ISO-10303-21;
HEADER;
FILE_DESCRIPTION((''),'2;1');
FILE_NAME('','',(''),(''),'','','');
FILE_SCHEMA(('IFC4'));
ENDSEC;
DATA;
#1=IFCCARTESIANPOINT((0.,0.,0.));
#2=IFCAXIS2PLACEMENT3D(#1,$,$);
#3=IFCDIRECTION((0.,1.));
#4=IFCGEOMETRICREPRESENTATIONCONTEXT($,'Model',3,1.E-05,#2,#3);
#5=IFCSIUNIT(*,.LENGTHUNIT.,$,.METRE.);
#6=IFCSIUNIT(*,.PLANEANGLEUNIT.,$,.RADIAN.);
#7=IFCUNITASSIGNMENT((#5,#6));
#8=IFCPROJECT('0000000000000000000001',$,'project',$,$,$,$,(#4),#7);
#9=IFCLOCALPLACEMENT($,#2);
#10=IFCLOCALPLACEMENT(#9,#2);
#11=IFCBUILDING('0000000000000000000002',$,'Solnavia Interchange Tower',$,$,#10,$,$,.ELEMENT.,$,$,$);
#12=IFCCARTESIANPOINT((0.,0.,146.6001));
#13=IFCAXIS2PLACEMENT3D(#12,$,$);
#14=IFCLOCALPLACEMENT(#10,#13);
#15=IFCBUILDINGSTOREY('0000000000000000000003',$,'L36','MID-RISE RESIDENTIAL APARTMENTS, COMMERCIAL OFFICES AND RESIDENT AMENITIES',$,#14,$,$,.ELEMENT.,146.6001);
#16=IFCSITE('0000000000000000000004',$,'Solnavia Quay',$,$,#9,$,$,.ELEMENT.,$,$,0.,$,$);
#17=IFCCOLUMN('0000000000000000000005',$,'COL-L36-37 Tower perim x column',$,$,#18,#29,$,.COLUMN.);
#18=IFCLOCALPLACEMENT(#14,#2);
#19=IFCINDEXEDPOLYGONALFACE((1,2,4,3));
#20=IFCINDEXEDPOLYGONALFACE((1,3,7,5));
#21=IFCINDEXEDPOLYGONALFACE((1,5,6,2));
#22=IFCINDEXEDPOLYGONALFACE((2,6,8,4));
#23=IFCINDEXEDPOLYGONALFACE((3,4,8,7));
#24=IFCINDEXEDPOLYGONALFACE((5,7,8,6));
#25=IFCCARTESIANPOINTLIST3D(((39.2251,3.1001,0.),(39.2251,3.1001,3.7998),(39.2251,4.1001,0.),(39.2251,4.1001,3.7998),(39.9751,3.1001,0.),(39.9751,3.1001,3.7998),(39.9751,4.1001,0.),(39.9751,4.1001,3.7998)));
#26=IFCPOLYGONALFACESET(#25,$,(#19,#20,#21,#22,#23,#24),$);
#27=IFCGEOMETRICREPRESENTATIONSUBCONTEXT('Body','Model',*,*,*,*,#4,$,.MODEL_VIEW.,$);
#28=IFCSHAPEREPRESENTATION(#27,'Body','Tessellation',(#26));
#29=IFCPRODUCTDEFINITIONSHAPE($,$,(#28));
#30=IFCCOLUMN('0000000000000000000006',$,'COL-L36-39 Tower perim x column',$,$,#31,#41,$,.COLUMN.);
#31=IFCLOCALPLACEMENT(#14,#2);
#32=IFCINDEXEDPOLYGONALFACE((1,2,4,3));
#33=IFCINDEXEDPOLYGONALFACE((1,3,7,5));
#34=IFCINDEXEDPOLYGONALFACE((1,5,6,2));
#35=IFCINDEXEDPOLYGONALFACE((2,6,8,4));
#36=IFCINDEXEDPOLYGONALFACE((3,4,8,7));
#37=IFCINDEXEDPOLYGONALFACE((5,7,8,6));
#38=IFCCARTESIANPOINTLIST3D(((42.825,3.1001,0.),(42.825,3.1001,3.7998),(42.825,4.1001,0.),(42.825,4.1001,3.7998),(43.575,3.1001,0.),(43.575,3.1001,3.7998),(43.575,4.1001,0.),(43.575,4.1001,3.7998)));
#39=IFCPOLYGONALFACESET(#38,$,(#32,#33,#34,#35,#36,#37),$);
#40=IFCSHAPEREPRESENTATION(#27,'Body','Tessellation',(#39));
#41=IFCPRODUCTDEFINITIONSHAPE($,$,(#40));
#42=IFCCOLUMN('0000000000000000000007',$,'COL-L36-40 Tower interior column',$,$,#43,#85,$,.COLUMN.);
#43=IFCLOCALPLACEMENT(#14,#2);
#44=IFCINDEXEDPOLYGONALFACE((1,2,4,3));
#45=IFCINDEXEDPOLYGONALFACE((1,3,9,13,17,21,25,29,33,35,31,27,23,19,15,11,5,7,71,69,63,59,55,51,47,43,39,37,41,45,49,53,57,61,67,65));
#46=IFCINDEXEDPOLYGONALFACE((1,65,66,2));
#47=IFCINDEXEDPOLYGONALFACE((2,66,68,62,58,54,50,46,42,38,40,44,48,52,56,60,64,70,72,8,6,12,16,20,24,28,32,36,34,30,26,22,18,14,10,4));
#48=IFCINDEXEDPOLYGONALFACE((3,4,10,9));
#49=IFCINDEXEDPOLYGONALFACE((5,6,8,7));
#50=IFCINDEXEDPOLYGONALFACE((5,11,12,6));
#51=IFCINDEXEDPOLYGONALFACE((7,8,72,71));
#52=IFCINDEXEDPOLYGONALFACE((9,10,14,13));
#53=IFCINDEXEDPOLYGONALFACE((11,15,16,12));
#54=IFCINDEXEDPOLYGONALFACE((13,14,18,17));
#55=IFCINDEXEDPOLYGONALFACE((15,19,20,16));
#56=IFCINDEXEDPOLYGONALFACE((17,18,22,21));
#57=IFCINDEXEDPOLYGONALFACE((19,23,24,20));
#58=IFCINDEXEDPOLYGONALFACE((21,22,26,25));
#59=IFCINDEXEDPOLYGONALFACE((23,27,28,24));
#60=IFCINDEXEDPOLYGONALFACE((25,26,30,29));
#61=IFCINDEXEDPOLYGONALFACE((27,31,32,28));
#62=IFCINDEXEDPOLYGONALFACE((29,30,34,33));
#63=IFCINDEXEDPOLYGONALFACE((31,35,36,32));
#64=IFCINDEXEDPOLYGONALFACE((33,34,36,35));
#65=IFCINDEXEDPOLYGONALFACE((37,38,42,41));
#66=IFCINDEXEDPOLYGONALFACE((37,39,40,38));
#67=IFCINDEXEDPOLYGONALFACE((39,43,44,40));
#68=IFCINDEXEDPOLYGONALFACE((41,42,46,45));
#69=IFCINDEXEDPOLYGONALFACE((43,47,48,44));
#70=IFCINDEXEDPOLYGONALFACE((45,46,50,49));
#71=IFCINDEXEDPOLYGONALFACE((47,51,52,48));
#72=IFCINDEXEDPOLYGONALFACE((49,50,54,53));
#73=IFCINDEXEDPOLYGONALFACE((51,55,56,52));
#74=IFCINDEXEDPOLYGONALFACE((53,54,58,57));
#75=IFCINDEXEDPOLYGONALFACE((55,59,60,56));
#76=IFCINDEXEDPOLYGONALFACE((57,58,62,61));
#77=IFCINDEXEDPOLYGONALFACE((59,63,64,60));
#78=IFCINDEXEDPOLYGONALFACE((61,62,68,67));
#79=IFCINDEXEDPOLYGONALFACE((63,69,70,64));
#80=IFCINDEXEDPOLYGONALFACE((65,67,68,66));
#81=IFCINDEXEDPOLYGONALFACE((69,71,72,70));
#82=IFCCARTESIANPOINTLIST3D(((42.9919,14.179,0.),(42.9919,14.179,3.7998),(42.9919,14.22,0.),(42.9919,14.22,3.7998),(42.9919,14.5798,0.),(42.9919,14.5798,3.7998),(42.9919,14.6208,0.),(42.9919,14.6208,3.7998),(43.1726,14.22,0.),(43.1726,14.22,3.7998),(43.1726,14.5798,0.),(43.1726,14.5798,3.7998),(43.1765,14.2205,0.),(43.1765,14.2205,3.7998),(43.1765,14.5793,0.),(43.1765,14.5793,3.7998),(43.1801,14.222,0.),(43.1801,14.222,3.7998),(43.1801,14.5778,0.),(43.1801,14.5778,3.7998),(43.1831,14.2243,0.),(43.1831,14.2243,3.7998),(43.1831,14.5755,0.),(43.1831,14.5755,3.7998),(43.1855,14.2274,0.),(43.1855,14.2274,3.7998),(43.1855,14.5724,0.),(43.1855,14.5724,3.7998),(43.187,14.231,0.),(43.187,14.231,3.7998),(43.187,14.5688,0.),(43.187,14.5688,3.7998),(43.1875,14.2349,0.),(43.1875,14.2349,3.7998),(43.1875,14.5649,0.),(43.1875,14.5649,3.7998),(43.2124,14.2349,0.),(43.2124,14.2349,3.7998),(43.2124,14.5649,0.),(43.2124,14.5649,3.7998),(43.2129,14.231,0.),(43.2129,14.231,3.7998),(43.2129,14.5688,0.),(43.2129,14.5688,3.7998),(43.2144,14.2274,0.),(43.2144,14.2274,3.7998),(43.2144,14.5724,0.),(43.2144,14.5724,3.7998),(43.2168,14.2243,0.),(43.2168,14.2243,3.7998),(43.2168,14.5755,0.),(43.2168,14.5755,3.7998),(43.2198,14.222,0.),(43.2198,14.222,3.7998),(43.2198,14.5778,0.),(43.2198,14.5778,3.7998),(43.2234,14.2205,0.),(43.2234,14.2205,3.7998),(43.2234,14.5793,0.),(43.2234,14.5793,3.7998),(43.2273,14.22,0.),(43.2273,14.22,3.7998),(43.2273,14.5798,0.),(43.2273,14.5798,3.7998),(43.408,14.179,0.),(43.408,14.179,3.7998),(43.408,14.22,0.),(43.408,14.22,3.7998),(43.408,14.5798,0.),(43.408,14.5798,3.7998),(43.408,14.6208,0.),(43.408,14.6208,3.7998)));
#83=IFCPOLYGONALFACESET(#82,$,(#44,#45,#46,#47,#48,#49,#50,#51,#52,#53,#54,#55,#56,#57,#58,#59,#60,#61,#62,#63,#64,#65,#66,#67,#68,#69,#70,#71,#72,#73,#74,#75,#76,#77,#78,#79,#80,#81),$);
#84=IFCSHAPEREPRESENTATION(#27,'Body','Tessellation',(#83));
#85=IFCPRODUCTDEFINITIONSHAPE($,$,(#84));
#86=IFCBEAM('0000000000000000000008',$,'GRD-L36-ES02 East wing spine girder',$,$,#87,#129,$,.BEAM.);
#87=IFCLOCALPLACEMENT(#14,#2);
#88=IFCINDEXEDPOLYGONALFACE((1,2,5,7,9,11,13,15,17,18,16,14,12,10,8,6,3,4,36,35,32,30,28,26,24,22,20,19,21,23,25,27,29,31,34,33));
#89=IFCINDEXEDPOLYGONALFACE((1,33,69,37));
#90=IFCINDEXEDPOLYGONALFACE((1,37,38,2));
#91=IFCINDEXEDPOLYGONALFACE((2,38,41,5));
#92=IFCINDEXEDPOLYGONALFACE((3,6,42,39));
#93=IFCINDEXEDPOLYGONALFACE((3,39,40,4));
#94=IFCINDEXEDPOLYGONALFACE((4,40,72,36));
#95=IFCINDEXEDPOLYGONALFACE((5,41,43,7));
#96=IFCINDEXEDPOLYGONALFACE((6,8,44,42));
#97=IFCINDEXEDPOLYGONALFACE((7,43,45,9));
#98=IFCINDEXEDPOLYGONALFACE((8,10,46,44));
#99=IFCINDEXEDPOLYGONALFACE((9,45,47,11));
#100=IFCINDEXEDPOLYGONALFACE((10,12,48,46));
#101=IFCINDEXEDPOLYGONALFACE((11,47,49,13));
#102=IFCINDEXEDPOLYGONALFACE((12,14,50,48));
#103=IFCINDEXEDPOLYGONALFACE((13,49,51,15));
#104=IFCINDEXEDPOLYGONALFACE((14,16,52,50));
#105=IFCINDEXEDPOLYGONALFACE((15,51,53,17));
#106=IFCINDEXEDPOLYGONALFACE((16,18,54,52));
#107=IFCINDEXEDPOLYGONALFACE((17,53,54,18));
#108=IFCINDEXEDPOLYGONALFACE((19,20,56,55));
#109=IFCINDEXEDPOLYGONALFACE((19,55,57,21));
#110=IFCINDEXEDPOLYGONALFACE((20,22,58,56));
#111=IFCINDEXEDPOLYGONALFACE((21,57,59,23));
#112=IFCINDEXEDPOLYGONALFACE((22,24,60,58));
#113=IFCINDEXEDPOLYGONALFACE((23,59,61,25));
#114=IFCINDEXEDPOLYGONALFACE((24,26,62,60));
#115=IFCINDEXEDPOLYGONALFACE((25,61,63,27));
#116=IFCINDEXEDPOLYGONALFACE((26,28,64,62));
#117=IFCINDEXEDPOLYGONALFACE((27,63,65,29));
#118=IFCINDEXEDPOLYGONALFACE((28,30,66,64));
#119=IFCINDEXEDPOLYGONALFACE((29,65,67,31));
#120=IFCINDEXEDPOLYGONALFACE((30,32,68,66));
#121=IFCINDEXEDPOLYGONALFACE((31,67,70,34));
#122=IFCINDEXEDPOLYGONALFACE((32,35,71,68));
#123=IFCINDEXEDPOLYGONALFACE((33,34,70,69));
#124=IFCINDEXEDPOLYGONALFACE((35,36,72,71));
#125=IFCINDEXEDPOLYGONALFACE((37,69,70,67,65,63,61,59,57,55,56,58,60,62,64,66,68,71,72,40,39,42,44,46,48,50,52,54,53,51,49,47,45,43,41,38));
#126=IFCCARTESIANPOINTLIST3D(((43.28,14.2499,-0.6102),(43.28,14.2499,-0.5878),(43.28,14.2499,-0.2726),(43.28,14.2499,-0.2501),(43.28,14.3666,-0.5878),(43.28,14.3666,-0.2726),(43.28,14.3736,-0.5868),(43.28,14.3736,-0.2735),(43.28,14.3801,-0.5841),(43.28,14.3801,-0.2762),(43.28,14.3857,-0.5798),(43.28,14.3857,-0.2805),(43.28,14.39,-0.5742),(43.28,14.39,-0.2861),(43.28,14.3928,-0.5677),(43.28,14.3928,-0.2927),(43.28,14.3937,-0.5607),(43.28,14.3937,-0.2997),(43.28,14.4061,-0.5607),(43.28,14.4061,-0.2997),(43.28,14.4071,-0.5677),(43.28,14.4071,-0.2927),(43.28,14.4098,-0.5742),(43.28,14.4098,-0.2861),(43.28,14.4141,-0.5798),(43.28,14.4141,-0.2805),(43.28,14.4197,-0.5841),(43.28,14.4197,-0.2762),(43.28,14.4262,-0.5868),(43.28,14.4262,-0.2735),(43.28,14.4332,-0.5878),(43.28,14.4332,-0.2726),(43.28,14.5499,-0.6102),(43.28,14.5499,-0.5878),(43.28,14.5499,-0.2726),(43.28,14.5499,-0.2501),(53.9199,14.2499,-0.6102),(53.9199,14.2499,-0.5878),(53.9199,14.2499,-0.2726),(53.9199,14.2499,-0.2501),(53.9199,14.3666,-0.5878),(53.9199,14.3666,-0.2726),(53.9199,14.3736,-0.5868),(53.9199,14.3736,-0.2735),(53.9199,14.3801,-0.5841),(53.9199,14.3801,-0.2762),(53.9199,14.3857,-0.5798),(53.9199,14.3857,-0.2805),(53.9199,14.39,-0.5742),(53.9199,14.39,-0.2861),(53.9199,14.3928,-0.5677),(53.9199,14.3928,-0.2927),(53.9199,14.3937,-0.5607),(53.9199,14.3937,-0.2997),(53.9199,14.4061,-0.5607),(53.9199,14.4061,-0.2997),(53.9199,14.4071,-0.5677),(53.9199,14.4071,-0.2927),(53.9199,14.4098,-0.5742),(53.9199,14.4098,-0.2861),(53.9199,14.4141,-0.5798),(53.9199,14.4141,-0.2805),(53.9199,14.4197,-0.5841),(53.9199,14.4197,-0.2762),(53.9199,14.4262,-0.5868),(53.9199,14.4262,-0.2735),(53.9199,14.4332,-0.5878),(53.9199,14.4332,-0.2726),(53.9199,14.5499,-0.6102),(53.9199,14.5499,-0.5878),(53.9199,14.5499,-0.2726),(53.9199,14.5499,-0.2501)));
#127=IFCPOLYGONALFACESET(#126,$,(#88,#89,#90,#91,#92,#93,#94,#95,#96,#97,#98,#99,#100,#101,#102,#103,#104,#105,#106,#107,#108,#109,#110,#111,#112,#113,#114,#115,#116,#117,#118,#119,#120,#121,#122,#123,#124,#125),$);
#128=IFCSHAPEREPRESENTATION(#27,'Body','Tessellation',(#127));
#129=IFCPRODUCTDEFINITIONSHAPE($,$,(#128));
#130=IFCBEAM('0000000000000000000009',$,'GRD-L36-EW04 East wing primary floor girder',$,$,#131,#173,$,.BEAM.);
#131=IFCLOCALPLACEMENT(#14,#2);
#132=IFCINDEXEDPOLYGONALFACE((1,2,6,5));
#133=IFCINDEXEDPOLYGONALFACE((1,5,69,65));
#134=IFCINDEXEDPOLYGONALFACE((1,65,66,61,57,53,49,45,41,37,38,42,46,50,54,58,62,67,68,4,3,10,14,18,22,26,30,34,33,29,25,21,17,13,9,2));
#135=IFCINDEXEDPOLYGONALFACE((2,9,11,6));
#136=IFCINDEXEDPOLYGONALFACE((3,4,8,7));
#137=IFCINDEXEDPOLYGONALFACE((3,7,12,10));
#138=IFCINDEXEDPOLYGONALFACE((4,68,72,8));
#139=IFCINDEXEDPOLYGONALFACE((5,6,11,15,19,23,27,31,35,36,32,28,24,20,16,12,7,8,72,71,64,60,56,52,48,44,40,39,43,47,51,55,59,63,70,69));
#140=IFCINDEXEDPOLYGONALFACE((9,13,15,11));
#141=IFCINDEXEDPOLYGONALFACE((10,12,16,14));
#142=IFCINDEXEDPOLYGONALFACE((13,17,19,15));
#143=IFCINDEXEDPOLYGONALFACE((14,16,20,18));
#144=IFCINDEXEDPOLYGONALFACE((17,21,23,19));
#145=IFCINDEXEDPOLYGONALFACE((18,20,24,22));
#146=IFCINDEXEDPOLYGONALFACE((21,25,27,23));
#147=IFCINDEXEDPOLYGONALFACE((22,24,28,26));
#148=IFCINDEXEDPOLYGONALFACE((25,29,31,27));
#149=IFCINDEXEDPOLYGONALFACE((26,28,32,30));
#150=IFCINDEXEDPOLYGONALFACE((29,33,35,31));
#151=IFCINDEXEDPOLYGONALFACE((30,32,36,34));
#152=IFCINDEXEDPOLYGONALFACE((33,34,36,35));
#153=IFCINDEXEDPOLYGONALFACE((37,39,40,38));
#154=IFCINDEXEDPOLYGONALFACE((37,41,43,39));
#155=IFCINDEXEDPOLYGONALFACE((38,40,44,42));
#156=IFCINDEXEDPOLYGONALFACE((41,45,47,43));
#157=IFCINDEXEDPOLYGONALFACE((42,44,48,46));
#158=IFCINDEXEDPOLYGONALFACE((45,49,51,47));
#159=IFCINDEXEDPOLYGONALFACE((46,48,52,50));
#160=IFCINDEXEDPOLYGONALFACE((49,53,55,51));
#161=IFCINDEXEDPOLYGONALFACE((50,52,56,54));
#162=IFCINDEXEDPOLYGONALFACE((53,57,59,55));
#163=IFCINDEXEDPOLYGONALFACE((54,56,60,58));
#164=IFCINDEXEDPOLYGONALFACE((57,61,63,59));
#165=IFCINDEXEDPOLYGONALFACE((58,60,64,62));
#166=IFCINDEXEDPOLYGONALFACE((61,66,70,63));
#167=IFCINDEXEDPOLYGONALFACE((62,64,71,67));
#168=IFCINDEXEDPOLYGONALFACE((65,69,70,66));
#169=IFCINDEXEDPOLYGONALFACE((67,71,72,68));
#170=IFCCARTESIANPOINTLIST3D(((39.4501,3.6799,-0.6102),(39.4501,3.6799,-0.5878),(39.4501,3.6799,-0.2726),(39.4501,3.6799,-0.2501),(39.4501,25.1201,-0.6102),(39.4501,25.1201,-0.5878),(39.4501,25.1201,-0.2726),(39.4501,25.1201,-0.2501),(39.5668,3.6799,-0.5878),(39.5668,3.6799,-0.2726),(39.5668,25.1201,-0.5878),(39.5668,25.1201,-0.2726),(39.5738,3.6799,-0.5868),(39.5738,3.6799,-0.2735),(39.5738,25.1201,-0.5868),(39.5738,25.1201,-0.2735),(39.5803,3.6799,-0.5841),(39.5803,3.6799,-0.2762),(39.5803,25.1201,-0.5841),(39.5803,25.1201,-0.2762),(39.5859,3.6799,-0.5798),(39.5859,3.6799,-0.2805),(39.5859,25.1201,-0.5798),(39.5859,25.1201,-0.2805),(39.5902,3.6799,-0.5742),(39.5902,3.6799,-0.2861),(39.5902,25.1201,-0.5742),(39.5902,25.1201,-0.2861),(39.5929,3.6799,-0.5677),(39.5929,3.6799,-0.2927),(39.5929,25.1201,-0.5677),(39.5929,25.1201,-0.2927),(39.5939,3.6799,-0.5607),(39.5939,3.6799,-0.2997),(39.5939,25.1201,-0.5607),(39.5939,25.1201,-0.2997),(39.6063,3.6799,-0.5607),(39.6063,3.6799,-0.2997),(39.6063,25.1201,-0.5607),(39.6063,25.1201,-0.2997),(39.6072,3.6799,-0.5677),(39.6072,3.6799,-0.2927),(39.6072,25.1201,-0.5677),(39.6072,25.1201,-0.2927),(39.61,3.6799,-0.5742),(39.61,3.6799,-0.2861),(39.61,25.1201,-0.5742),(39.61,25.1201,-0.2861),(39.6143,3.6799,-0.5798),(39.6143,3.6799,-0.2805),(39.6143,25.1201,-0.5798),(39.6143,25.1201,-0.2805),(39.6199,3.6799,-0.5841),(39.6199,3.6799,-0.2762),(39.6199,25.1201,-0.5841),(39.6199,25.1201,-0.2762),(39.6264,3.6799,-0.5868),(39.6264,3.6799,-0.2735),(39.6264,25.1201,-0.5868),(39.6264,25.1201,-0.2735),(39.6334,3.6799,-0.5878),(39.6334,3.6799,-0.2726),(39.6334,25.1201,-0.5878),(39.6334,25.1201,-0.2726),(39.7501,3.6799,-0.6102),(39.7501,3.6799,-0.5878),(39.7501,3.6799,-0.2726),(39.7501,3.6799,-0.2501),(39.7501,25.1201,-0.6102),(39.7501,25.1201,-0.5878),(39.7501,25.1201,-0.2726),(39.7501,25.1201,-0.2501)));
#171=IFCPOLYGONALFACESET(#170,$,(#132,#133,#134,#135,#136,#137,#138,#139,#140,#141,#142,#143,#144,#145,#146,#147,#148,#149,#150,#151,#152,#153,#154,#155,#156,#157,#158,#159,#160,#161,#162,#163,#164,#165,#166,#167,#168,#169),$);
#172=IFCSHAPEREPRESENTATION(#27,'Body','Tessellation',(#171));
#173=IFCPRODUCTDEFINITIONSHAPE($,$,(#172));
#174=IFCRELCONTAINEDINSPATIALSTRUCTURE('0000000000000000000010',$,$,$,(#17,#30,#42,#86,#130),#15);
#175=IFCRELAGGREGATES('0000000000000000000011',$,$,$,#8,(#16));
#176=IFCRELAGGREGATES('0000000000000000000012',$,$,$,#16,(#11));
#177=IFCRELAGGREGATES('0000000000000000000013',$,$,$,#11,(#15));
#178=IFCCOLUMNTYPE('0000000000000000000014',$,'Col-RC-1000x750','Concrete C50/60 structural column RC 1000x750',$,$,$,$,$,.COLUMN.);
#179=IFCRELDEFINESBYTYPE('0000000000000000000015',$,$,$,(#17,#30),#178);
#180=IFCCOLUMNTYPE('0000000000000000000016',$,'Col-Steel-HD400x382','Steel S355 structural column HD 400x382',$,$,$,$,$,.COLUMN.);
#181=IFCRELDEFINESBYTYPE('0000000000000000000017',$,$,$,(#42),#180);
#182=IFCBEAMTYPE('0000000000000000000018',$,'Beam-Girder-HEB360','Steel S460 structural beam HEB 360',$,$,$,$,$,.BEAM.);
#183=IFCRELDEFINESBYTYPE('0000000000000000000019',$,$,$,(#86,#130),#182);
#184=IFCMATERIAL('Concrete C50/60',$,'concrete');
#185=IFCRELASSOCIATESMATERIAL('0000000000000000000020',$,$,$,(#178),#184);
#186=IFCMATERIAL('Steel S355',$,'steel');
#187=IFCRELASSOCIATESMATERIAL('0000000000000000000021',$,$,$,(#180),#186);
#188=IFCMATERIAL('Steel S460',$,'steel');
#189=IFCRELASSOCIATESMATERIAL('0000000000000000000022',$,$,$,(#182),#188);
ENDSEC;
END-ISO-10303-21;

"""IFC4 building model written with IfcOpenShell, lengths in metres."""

from ifc_helpers import new_model, si_unit, direction, frame, origin, origin_2d, place, context, subcontext, project, spatial, rectangle, i_section, extrude, material, material_profile, profile_set, type_object, element, save


model = new_model("IFC4")

# Units and contexts
model_context = context("Model", 3, precision=1e-05, world=origin(), true_north=direction((0.0, 1.0)))
body_context = subcontext(model_context, "Body", "Model", "MODEL_VIEW")
ifc_project = project(units=[si_unit("LENGTHUNIT", "METRE"), si_unit("PLANEANGLEUNIT", "RADIAN")], contexts=[model_context])

# Site, building, storey
site_placement = place(None, origin())
site = spatial("IfcSite", under=ifc_project, at=site_placement, Name="Solnavia Quay", CompositionType="ELEMENT", RefElevation=0.0)
building_placement = place(site_placement, origin())
building = spatial("IfcBuilding", under=site, at=building_placement, Name="Solnavia Interchange Tower", CompositionType="ELEMENT")
storey_placement = place(building_placement, frame((0.0, 0.0, 146.6001)))
storey = spatial("IfcBuildingStorey", under=building, at=storey_placement, Name="L36", Description="MID-RISE RESIDENTIAL APARTMENTS, COMMERCIAL OFFICES AND RESIDENT AMENITIES", CompositionType="ELEMENT", Elevation=146.6001)

# Columns
ifc_material_1 = material(Name="Concrete C50/60", Category="concrete")
ifc_material_profile_1 = material_profile(ifc_material_1, rectangle(XDim=0.75, YDim=1.0, at=origin_2d()), Name="RC 1000x750")
ifc_profile_set_1 = profile_set([ifc_material_profile_1], Name="Concrete C50/60")
column_type_1 = type_object("IfcColumnType", Name="Col-RC-1000x750", Description="Concrete C50/60 structural column RC 1000x750", PredefinedType="COLUMN", material=ifc_profile_set_1)
for number, where, z_axis, x_axis, name in (
    (1, (39.6001, 3.6001, 0.0), (0.0, 0.0, 1.0), (1.0, 0.0, 0.0), "COL-L36-37 Tower perim x column"),
    (2, (43.2, 3.6001, 0.0), (0.0, 0.0, 1.0), (1.0, 0.0, 0.0), "COL-L36-39 Tower perim x column"),
):
    element("IfcColumn", number, at=place(storey_placement, frame(where, z_axis=z_axis, x_axis=x_axis)), inside=storey, type_object=column_type_1, Name=name, PredefinedType="COLUMN", context=body_context, shape_type="SweptSolid", body=[
        extrude(rectangle(XDim=0.75, YDim=1.0, at=origin_2d()), origin(), (0.0, 0.0, 1.0), 3.7998),
    ])
ifc_material_2 = material(Name="Steel S355", Category="steel")
ifc_material_profile_2 = material_profile(ifc_material_2, i_section(OverallWidth=0.416, OverallDepth=0.4419, WebThickness=0.0249, FlangeThickness=0.041, FilletRadius=0.0149, at=origin_2d()), Name="HD 400x382")
ifc_profile_set_2 = profile_set([ifc_material_profile_2], Name="Steel S355")
column_type_2 = type_object("IfcColumnType", Name="Col-Steel-HD400x382", Description="Steel S355 structural column HD 400x382", PredefinedType="COLUMN", material=ifc_profile_set_2)
column_placement = place(storey_placement, frame((43.2, 14.3999, 0.0), z_axis=(0.0, 0.0, 1.0), x_axis=(1.0, 0.0, 0.0)))
element("IfcColumn", 3, at=column_placement, inside=storey, type_object=column_type_2, Name="COL-L36-40 Tower interior column", PredefinedType="COLUMN", context=body_context, shape_type="SweptSolid", body=[
    extrude(i_section(OverallWidth=0.416, OverallDepth=0.4419, WebThickness=0.0249, FlangeThickness=0.041, FilletRadius=0.0149, at=origin_2d()), origin(), (0.0, 0.0, 1.0), 3.7998),
])

# Beams
ifc_material_3 = material(Name="Steel S460", Category="steel")
ifc_material_profile_3 = material_profile(ifc_material_3, i_section(OverallWidth=0.3, OverallDepth=0.3601, WebThickness=0.0125, FlangeThickness=0.0225, FilletRadius=0.0271, at=origin_2d()), Name="HEB 360")
ifc_profile_set_3 = profile_set([ifc_material_profile_3], Name="Steel S460")
beam_type_1 = type_object("IfcBeamType", Name="Beam-Girder-HEB360", Description="Steel S460 structural beam HEB 360", PredefinedType="BEAM", material=ifc_profile_set_3)
beam_1_placement = place(storey_placement, frame((43.28, 14.3999, -0.4302), z_axis=(1.0, 0.0, 0.0), x_axis=(0.0, 1.0, 0.0)))
element("IfcBeam", 4, at=beam_1_placement, inside=storey, type_object=beam_type_1, Name="GRD-L36-ES02 East wing spine girder", PredefinedType="BEAM", context=body_context, shape_type="SweptSolid", body=[
    extrude(i_section(OverallWidth=0.3, OverallDepth=0.3601, WebThickness=0.0125, FlangeThickness=0.0225, FilletRadius=0.0271, at=origin_2d()), origin(), (0.0, 0.0, 1.0), 10.6399),
])
beam_2_placement = place(storey_placement, frame((39.6001, 3.6799, -0.4302), z_axis=(0.0, 1.0, 0.0), x_axis=(-1.0, 0.0, 0.0)))
element("IfcBeam", 5, at=beam_2_placement, inside=storey, type_object=beam_type_1, Name="GRD-L36-EW04 East wing primary floor girder", PredefinedType="BEAM", context=body_context, shape_type="SweptSolid", body=[
    extrude(i_section(OverallWidth=0.3, OverallDepth=0.3601, WebThickness=0.0125, FlangeThickness=0.0225, FilletRadius=0.0271, at=origin_2d()), origin(), (0.0, 0.0, 1.0), 21.4402),
])

save(model, "model.ifc")
